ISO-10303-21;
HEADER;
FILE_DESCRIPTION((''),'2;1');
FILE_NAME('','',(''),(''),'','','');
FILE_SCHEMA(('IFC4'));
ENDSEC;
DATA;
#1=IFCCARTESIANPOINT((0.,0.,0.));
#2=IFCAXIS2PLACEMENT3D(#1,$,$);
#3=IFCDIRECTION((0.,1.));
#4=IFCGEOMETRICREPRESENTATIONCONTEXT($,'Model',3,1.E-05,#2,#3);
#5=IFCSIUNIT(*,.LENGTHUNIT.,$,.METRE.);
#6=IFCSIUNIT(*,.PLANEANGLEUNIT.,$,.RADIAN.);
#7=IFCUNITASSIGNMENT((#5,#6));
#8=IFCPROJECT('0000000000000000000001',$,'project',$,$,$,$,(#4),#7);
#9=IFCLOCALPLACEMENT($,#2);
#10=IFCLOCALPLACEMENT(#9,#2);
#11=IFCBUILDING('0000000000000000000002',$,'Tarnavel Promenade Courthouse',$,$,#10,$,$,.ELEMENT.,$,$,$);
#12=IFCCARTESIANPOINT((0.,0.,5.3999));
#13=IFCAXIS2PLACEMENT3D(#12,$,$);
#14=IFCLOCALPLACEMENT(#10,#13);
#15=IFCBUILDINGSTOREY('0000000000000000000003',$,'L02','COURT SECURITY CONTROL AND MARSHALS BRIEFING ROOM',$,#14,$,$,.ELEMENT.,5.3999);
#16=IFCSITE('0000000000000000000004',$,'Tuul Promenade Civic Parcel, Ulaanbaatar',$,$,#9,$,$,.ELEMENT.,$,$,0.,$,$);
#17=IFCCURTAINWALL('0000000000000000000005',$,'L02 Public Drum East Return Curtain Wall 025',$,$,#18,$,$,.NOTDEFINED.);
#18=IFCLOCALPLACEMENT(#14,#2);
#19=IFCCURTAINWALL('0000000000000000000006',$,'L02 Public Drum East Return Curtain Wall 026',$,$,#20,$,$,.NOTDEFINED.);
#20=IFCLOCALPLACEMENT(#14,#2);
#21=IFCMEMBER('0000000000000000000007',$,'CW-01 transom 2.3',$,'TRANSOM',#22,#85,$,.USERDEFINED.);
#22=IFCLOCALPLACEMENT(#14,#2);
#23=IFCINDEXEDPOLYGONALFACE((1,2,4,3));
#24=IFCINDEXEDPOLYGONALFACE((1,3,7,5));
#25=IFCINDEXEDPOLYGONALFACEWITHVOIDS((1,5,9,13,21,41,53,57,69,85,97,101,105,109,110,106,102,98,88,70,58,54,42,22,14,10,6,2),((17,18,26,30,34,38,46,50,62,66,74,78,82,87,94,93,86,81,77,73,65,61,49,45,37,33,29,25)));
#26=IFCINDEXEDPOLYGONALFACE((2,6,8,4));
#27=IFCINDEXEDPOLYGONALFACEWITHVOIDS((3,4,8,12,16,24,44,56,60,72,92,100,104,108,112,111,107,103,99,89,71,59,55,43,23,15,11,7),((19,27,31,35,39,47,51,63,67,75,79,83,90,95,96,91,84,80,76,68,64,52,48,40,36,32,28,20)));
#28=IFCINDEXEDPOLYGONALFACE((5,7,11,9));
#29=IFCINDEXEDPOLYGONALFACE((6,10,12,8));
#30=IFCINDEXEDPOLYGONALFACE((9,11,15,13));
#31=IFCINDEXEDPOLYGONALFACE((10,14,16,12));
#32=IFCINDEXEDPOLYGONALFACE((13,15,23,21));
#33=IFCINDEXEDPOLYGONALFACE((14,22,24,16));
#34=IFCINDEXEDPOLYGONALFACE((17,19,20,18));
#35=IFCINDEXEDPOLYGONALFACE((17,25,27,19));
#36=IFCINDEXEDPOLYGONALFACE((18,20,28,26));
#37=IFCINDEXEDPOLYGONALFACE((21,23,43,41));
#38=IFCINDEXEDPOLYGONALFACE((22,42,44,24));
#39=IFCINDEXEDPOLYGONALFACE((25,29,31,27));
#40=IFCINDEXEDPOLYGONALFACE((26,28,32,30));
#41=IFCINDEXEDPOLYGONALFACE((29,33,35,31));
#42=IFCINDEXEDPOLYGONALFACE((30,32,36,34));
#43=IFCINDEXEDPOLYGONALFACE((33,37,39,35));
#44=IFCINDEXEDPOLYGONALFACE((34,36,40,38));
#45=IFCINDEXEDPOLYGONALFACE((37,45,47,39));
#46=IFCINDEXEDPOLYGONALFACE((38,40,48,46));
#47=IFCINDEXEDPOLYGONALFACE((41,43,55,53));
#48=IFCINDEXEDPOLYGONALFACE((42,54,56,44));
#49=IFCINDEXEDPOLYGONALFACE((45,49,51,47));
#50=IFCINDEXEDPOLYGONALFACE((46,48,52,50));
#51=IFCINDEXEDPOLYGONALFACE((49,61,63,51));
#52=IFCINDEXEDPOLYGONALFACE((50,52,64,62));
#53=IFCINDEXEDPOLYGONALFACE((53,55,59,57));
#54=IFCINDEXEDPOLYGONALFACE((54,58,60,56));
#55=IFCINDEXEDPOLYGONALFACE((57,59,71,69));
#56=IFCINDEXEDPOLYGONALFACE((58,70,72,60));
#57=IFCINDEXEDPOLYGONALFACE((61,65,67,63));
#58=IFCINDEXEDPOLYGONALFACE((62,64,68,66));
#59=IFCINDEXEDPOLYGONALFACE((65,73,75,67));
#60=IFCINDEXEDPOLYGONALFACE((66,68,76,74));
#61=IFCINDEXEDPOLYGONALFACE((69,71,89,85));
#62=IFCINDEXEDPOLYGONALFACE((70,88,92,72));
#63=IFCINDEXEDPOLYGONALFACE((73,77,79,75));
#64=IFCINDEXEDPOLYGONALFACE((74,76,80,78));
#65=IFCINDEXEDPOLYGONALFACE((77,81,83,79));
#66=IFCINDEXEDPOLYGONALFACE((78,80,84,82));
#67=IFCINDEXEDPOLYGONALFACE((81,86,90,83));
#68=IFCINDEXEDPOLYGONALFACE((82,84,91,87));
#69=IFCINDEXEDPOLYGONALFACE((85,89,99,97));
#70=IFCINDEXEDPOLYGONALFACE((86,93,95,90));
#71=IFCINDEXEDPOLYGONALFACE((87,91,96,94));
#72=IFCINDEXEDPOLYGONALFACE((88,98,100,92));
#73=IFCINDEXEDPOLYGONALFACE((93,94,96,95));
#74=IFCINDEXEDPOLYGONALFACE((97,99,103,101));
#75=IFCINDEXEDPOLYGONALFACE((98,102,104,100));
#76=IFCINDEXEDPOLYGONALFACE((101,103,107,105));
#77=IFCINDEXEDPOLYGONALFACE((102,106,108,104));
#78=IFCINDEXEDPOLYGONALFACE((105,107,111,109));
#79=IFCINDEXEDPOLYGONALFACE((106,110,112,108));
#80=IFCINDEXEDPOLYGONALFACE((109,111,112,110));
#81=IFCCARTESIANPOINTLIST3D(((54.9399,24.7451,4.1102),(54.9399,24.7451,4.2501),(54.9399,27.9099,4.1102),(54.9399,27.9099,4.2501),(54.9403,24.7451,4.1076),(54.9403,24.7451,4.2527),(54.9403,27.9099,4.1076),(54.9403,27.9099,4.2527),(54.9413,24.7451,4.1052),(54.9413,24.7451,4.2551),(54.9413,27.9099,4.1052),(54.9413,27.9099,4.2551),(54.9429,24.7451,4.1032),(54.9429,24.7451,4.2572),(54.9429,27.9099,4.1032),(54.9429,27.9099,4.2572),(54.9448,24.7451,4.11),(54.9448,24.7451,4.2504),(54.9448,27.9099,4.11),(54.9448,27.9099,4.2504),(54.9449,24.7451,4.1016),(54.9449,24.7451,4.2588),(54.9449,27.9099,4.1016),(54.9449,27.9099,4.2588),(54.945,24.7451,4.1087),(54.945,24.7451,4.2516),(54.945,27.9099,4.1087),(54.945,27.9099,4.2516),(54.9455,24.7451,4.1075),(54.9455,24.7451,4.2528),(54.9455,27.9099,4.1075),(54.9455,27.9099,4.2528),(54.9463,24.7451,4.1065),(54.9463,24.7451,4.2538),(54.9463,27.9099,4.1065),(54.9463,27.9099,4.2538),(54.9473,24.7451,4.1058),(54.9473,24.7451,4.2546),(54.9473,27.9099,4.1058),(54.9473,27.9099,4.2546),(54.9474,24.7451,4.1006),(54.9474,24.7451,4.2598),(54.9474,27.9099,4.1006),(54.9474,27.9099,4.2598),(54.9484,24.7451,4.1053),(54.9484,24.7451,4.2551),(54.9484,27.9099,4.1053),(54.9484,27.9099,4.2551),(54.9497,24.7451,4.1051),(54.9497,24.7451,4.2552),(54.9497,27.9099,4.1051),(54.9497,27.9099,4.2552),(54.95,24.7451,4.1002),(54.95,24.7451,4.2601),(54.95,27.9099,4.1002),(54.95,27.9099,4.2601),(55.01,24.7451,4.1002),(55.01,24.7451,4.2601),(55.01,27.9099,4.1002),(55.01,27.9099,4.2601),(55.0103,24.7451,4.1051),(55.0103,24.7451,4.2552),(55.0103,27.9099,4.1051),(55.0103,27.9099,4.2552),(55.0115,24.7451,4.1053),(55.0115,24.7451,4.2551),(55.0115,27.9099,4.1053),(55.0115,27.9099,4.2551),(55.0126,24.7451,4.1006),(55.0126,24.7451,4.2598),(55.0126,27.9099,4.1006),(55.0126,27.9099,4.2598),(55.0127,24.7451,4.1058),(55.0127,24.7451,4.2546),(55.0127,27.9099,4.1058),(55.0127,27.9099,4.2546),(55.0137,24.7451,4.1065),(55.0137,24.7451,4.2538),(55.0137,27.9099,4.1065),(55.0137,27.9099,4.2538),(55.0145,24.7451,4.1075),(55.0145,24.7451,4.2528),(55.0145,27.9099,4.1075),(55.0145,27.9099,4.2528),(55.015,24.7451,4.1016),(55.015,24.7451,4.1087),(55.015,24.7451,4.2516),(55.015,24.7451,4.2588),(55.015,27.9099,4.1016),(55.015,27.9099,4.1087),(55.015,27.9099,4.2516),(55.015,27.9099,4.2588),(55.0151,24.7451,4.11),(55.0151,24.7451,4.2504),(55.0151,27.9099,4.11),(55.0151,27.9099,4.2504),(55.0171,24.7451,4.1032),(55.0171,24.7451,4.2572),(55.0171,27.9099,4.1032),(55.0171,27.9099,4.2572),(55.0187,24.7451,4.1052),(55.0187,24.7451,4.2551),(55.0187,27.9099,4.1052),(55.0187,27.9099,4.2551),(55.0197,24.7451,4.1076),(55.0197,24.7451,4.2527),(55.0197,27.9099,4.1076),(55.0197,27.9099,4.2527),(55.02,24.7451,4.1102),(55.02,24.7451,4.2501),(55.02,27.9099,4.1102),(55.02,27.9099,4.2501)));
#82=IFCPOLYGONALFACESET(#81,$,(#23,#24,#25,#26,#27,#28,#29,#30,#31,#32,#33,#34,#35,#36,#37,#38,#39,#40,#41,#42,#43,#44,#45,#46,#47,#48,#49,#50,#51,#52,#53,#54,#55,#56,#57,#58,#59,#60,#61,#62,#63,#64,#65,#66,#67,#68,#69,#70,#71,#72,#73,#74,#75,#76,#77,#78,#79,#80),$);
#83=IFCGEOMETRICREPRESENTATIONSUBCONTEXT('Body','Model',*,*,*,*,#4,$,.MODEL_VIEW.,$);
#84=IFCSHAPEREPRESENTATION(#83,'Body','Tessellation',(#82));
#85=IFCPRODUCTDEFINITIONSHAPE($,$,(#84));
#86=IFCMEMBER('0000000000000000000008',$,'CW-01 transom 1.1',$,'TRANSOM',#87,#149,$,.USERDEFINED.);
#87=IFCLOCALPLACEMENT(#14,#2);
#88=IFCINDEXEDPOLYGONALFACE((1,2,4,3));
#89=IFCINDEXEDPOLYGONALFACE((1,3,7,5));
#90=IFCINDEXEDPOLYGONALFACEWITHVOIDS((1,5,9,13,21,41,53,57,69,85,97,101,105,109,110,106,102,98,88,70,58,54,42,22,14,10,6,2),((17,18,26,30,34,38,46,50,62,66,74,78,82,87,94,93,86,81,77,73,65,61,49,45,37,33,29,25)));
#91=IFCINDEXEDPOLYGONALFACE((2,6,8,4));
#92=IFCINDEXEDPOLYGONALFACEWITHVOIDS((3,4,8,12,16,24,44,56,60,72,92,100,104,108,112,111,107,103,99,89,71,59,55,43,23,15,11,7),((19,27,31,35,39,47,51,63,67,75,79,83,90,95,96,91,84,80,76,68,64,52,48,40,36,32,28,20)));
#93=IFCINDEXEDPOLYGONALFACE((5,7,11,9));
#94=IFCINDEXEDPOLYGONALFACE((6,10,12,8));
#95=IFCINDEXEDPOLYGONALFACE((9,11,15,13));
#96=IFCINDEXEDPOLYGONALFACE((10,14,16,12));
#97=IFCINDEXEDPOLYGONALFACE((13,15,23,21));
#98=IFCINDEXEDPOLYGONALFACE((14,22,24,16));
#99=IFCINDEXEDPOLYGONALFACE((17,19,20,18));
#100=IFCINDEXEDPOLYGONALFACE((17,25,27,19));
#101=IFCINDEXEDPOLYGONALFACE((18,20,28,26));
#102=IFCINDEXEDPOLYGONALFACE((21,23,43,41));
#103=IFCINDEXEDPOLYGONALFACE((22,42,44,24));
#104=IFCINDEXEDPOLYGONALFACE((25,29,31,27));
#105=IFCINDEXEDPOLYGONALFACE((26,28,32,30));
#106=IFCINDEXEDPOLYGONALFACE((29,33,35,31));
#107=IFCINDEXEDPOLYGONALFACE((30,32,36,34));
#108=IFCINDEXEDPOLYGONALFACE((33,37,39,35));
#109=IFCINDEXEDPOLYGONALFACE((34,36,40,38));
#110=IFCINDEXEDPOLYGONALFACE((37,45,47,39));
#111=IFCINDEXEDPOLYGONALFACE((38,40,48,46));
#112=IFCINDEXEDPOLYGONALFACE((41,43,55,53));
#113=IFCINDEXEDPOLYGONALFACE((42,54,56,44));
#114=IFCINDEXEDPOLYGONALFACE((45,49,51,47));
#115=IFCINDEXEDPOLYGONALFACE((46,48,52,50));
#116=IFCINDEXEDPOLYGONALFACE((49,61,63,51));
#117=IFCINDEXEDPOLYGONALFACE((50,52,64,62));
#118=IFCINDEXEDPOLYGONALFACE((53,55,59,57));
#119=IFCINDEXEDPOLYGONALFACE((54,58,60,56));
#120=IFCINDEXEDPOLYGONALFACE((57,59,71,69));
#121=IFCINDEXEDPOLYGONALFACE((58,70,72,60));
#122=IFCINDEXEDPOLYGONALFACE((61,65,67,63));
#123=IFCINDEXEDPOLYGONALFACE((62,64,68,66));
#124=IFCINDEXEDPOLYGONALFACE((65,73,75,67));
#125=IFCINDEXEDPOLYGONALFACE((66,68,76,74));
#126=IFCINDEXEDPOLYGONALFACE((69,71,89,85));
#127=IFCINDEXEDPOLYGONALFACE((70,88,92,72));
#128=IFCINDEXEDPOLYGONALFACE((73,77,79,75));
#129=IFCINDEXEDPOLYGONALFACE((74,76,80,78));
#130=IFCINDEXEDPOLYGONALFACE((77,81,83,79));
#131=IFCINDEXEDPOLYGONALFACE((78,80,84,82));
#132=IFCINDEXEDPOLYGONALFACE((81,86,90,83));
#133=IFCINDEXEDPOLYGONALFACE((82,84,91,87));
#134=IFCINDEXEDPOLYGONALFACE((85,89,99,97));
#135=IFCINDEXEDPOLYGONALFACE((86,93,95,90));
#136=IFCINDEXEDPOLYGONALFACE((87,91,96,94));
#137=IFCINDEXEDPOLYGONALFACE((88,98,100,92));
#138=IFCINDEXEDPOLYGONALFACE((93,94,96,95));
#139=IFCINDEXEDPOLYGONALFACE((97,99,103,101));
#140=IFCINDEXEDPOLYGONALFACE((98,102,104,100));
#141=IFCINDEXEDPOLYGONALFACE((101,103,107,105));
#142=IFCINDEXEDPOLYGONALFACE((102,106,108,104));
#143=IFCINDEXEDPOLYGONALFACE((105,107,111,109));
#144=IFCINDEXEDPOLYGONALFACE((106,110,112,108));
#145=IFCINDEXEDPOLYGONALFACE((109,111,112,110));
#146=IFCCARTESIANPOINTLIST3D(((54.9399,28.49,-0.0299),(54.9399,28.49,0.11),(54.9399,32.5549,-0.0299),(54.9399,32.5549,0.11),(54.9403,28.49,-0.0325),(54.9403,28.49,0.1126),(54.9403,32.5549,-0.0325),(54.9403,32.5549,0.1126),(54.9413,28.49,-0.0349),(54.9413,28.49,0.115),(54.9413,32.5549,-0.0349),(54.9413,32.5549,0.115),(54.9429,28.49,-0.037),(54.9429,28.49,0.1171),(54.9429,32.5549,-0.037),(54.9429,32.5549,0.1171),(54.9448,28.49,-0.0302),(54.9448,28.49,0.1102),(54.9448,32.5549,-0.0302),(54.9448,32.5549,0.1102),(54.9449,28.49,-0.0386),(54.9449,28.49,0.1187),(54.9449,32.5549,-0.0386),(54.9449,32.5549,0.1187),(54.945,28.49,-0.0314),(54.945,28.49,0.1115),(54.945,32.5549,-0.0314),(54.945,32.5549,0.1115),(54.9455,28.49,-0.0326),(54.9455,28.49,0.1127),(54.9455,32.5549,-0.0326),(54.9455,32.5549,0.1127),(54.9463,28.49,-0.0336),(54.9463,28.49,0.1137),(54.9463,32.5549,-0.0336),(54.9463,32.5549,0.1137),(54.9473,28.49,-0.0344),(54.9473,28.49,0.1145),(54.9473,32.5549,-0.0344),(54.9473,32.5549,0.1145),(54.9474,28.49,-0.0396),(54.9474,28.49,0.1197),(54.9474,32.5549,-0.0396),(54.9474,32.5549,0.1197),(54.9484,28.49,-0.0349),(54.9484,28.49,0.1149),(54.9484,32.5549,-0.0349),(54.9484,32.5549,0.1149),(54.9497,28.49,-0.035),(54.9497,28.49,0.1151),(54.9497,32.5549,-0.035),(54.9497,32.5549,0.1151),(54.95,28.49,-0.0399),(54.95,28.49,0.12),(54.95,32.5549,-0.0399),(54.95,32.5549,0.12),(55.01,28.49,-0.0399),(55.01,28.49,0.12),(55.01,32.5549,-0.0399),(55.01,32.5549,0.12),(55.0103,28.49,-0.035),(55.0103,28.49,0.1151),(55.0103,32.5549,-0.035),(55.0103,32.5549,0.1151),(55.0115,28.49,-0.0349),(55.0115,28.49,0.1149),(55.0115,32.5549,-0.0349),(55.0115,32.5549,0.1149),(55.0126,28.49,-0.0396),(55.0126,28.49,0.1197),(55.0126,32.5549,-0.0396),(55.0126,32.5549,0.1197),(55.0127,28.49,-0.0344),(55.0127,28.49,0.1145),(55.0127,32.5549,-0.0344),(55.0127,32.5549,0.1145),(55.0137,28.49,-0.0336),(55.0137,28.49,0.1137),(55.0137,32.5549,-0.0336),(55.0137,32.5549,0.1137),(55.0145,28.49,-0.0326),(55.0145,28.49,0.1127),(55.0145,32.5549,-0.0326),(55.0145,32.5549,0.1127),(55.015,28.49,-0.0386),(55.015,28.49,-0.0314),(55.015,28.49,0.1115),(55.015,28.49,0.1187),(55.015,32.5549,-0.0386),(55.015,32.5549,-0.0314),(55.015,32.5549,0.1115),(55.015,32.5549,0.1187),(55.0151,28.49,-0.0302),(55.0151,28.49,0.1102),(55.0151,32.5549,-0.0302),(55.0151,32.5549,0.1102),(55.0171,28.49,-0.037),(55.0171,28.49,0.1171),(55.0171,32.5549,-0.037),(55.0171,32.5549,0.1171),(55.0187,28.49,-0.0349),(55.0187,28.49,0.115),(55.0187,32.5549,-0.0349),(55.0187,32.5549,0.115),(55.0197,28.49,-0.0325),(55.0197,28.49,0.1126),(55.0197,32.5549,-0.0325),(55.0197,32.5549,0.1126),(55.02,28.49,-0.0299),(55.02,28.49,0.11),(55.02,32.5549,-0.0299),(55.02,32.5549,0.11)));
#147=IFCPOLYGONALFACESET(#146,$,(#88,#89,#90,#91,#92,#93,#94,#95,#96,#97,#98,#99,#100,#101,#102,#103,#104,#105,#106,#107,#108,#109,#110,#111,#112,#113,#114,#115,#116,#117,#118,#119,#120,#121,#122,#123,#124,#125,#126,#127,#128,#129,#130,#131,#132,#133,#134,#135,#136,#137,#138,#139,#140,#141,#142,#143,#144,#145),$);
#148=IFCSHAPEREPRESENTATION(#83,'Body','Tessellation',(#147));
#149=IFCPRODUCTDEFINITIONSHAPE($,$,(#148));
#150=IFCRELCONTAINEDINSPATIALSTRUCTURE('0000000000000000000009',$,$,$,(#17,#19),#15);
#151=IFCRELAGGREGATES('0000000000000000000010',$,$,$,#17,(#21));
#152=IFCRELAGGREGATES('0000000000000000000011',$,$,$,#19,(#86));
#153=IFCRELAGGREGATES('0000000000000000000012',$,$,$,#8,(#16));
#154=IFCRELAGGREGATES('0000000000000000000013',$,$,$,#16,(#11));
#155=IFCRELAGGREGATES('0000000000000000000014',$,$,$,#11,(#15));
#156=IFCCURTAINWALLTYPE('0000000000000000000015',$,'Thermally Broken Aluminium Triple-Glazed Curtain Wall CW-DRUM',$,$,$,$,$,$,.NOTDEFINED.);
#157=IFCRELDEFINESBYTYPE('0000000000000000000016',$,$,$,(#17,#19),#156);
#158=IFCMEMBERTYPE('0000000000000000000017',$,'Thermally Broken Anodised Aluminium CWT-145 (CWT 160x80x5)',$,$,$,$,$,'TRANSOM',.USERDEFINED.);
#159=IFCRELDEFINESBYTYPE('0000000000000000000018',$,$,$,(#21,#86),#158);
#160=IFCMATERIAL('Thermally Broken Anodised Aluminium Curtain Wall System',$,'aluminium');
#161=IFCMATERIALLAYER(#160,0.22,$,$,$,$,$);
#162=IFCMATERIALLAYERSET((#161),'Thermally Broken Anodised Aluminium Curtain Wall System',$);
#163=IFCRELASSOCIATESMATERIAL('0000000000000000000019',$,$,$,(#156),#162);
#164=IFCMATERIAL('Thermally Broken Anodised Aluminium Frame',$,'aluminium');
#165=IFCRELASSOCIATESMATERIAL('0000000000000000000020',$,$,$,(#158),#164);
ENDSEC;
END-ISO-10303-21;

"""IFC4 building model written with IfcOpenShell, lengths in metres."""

from ifc_helpers import new_model, si_unit, direction, frame, origin, origin_2d, place, context, subcontext, project, spatial, hollow_rectangle, extrude, material, layer, layer_set, material_profile, profile_set, type_object, element, aggregate, save


model = new_model("IFC4")

# Units and contexts
model_context = context("Model", 3, precision=1e-05, world=origin(), true_north=direction((0.0, 1.0)))
body_context = subcontext(model_context, "Body", "Model", "MODEL_VIEW")
ifc_project = project(units=[si_unit("LENGTHUNIT", "METRE"), si_unit("PLANEANGLEUNIT", "RADIAN")], contexts=[model_context])

# Site, building, storey
site_placement = place(None, origin())
site = spatial("IfcSite", under=ifc_project, at=site_placement, Name="Tuul Promenade Civic Parcel, Ulaanbaatar", CompositionType="ELEMENT", RefElevation=0.0)
building_placement = place(site_placement, origin())
building = spatial("IfcBuilding", under=site, at=building_placement, Name="Tarnavel Promenade Courthouse", CompositionType="ELEMENT")
storey_placement = place(building_placement, frame((0.0, 0.0, 5.3999)))
storey = spatial("IfcBuildingStorey", under=building, at=storey_placement, Name="L02", Description="COURT SECURITY CONTROL AND MARSHALS BRIEFING ROOM", CompositionType="ELEMENT", Elevation=5.3999)

# Curtain walls
ifc_material_1 = material(Name="Thermally Broken Anodised Aluminium Curtain Wall System", Category="aluminium")
ifc_layer_1 = layer(ifc_material_1, 0.22)
ifc_layer_set_1 = layer_set([ifc_layer_1], Name="Thermally Broken Anodised Aluminium Curtain Wall System")
curtain_wall_type_1 = type_object("IfcCurtainWallType", Name="Thermally Broken Aluminium Triple-Glazed Curtain Wall CW-DRUM", PredefinedType="NOTDEFINED", material=ifc_layer_set_1)
curtain_wall_1_placement = place(storey_placement, origin())
curtain_wall_1 = element("IfcCurtainWall", 1, at=curtain_wall_1_placement, inside=storey, type_object=curtain_wall_type_1, Name="L02 Public Drum East Return Curtain Wall 025", PredefinedType="NOTDEFINED")
ifc_material_2 = material(Name="Thermally Broken Anodised Aluminium Frame", Category="aluminium")
curtain_wall_2_placement = place(storey_placement, origin())
curtain_wall_2 = element("IfcCurtainWall", 2, at=curtain_wall_2_placement, inside=storey, type_object=curtain_wall_type_1, Name="L02 Public Drum East Return Curtain Wall 026", PredefinedType="NOTDEFINED")

# Members
ifc_material_profile_1 = material_profile(ifc_material_2, hollow_rectangle(XDim=0.0801, YDim=0.1599, WallThickness=0.0049, InnerFilletRadius=0.0049, OuterFilletRadius=0.01, at=origin_2d()), Name="CWT 160x80x5")
ifc_profile_set_1 = profile_set([ifc_material_profile_1], Name="Thermally Broken Anodised Aluminium Frame")
member_type_1 = type_object("IfcMemberType", Name="Thermally Broken Anodised Aluminium CWT-145 (CWT 160x80x5)", ElementType="TRANSOM", PredefinedType="USERDEFINED", material=ifc_profile_set_1)
member_1_placement = place(storey_placement, frame((54.98, 24.7451, 4.1802), z_axis=(0.0, 1.0, 0.0), x_axis=(-1.0, 0.0, 0.0)))
member_1 = element("IfcMember", 3, at=member_1_placement, type_object=member_type_1, Name="CW-01 transom 2.3", ObjectType="TRANSOM", PredefinedType="USERDEFINED", context=body_context, shape_type="SweptSolid", body=[
    extrude(hollow_rectangle(XDim=0.0801, YDim=0.1599, WallThickness=0.0049, InnerFilletRadius=0.0049, OuterFilletRadius=0.01, at=origin_2d()), origin(), (0.0, 0.0, 1.0), 3.1648),
])
member_2_placement = place(storey_placement, frame((54.98, 28.49, 0.04), z_axis=(0.0, 1.0, 0.0), x_axis=(-1.0, 0.0, 0.0)))
member_2 = element("IfcMember", 4, at=member_2_placement, type_object=member_type_1, Name="CW-01 transom 1.1", ObjectType="TRANSOM", PredefinedType="USERDEFINED", context=body_context, shape_type="SweptSolid", body=[
    extrude(hollow_rectangle(XDim=0.0801, YDim=0.1599, WallThickness=0.0049, InnerFilletRadius=0.0049, OuterFilletRadius=0.01, at=origin_2d()), origin(), (0.0, 0.0, 1.0), 4.0649),
])

aggregate(curtain_wall_1, [member_1])
aggregate(curtain_wall_2, [member_2])

save(model, "model.ifc")
